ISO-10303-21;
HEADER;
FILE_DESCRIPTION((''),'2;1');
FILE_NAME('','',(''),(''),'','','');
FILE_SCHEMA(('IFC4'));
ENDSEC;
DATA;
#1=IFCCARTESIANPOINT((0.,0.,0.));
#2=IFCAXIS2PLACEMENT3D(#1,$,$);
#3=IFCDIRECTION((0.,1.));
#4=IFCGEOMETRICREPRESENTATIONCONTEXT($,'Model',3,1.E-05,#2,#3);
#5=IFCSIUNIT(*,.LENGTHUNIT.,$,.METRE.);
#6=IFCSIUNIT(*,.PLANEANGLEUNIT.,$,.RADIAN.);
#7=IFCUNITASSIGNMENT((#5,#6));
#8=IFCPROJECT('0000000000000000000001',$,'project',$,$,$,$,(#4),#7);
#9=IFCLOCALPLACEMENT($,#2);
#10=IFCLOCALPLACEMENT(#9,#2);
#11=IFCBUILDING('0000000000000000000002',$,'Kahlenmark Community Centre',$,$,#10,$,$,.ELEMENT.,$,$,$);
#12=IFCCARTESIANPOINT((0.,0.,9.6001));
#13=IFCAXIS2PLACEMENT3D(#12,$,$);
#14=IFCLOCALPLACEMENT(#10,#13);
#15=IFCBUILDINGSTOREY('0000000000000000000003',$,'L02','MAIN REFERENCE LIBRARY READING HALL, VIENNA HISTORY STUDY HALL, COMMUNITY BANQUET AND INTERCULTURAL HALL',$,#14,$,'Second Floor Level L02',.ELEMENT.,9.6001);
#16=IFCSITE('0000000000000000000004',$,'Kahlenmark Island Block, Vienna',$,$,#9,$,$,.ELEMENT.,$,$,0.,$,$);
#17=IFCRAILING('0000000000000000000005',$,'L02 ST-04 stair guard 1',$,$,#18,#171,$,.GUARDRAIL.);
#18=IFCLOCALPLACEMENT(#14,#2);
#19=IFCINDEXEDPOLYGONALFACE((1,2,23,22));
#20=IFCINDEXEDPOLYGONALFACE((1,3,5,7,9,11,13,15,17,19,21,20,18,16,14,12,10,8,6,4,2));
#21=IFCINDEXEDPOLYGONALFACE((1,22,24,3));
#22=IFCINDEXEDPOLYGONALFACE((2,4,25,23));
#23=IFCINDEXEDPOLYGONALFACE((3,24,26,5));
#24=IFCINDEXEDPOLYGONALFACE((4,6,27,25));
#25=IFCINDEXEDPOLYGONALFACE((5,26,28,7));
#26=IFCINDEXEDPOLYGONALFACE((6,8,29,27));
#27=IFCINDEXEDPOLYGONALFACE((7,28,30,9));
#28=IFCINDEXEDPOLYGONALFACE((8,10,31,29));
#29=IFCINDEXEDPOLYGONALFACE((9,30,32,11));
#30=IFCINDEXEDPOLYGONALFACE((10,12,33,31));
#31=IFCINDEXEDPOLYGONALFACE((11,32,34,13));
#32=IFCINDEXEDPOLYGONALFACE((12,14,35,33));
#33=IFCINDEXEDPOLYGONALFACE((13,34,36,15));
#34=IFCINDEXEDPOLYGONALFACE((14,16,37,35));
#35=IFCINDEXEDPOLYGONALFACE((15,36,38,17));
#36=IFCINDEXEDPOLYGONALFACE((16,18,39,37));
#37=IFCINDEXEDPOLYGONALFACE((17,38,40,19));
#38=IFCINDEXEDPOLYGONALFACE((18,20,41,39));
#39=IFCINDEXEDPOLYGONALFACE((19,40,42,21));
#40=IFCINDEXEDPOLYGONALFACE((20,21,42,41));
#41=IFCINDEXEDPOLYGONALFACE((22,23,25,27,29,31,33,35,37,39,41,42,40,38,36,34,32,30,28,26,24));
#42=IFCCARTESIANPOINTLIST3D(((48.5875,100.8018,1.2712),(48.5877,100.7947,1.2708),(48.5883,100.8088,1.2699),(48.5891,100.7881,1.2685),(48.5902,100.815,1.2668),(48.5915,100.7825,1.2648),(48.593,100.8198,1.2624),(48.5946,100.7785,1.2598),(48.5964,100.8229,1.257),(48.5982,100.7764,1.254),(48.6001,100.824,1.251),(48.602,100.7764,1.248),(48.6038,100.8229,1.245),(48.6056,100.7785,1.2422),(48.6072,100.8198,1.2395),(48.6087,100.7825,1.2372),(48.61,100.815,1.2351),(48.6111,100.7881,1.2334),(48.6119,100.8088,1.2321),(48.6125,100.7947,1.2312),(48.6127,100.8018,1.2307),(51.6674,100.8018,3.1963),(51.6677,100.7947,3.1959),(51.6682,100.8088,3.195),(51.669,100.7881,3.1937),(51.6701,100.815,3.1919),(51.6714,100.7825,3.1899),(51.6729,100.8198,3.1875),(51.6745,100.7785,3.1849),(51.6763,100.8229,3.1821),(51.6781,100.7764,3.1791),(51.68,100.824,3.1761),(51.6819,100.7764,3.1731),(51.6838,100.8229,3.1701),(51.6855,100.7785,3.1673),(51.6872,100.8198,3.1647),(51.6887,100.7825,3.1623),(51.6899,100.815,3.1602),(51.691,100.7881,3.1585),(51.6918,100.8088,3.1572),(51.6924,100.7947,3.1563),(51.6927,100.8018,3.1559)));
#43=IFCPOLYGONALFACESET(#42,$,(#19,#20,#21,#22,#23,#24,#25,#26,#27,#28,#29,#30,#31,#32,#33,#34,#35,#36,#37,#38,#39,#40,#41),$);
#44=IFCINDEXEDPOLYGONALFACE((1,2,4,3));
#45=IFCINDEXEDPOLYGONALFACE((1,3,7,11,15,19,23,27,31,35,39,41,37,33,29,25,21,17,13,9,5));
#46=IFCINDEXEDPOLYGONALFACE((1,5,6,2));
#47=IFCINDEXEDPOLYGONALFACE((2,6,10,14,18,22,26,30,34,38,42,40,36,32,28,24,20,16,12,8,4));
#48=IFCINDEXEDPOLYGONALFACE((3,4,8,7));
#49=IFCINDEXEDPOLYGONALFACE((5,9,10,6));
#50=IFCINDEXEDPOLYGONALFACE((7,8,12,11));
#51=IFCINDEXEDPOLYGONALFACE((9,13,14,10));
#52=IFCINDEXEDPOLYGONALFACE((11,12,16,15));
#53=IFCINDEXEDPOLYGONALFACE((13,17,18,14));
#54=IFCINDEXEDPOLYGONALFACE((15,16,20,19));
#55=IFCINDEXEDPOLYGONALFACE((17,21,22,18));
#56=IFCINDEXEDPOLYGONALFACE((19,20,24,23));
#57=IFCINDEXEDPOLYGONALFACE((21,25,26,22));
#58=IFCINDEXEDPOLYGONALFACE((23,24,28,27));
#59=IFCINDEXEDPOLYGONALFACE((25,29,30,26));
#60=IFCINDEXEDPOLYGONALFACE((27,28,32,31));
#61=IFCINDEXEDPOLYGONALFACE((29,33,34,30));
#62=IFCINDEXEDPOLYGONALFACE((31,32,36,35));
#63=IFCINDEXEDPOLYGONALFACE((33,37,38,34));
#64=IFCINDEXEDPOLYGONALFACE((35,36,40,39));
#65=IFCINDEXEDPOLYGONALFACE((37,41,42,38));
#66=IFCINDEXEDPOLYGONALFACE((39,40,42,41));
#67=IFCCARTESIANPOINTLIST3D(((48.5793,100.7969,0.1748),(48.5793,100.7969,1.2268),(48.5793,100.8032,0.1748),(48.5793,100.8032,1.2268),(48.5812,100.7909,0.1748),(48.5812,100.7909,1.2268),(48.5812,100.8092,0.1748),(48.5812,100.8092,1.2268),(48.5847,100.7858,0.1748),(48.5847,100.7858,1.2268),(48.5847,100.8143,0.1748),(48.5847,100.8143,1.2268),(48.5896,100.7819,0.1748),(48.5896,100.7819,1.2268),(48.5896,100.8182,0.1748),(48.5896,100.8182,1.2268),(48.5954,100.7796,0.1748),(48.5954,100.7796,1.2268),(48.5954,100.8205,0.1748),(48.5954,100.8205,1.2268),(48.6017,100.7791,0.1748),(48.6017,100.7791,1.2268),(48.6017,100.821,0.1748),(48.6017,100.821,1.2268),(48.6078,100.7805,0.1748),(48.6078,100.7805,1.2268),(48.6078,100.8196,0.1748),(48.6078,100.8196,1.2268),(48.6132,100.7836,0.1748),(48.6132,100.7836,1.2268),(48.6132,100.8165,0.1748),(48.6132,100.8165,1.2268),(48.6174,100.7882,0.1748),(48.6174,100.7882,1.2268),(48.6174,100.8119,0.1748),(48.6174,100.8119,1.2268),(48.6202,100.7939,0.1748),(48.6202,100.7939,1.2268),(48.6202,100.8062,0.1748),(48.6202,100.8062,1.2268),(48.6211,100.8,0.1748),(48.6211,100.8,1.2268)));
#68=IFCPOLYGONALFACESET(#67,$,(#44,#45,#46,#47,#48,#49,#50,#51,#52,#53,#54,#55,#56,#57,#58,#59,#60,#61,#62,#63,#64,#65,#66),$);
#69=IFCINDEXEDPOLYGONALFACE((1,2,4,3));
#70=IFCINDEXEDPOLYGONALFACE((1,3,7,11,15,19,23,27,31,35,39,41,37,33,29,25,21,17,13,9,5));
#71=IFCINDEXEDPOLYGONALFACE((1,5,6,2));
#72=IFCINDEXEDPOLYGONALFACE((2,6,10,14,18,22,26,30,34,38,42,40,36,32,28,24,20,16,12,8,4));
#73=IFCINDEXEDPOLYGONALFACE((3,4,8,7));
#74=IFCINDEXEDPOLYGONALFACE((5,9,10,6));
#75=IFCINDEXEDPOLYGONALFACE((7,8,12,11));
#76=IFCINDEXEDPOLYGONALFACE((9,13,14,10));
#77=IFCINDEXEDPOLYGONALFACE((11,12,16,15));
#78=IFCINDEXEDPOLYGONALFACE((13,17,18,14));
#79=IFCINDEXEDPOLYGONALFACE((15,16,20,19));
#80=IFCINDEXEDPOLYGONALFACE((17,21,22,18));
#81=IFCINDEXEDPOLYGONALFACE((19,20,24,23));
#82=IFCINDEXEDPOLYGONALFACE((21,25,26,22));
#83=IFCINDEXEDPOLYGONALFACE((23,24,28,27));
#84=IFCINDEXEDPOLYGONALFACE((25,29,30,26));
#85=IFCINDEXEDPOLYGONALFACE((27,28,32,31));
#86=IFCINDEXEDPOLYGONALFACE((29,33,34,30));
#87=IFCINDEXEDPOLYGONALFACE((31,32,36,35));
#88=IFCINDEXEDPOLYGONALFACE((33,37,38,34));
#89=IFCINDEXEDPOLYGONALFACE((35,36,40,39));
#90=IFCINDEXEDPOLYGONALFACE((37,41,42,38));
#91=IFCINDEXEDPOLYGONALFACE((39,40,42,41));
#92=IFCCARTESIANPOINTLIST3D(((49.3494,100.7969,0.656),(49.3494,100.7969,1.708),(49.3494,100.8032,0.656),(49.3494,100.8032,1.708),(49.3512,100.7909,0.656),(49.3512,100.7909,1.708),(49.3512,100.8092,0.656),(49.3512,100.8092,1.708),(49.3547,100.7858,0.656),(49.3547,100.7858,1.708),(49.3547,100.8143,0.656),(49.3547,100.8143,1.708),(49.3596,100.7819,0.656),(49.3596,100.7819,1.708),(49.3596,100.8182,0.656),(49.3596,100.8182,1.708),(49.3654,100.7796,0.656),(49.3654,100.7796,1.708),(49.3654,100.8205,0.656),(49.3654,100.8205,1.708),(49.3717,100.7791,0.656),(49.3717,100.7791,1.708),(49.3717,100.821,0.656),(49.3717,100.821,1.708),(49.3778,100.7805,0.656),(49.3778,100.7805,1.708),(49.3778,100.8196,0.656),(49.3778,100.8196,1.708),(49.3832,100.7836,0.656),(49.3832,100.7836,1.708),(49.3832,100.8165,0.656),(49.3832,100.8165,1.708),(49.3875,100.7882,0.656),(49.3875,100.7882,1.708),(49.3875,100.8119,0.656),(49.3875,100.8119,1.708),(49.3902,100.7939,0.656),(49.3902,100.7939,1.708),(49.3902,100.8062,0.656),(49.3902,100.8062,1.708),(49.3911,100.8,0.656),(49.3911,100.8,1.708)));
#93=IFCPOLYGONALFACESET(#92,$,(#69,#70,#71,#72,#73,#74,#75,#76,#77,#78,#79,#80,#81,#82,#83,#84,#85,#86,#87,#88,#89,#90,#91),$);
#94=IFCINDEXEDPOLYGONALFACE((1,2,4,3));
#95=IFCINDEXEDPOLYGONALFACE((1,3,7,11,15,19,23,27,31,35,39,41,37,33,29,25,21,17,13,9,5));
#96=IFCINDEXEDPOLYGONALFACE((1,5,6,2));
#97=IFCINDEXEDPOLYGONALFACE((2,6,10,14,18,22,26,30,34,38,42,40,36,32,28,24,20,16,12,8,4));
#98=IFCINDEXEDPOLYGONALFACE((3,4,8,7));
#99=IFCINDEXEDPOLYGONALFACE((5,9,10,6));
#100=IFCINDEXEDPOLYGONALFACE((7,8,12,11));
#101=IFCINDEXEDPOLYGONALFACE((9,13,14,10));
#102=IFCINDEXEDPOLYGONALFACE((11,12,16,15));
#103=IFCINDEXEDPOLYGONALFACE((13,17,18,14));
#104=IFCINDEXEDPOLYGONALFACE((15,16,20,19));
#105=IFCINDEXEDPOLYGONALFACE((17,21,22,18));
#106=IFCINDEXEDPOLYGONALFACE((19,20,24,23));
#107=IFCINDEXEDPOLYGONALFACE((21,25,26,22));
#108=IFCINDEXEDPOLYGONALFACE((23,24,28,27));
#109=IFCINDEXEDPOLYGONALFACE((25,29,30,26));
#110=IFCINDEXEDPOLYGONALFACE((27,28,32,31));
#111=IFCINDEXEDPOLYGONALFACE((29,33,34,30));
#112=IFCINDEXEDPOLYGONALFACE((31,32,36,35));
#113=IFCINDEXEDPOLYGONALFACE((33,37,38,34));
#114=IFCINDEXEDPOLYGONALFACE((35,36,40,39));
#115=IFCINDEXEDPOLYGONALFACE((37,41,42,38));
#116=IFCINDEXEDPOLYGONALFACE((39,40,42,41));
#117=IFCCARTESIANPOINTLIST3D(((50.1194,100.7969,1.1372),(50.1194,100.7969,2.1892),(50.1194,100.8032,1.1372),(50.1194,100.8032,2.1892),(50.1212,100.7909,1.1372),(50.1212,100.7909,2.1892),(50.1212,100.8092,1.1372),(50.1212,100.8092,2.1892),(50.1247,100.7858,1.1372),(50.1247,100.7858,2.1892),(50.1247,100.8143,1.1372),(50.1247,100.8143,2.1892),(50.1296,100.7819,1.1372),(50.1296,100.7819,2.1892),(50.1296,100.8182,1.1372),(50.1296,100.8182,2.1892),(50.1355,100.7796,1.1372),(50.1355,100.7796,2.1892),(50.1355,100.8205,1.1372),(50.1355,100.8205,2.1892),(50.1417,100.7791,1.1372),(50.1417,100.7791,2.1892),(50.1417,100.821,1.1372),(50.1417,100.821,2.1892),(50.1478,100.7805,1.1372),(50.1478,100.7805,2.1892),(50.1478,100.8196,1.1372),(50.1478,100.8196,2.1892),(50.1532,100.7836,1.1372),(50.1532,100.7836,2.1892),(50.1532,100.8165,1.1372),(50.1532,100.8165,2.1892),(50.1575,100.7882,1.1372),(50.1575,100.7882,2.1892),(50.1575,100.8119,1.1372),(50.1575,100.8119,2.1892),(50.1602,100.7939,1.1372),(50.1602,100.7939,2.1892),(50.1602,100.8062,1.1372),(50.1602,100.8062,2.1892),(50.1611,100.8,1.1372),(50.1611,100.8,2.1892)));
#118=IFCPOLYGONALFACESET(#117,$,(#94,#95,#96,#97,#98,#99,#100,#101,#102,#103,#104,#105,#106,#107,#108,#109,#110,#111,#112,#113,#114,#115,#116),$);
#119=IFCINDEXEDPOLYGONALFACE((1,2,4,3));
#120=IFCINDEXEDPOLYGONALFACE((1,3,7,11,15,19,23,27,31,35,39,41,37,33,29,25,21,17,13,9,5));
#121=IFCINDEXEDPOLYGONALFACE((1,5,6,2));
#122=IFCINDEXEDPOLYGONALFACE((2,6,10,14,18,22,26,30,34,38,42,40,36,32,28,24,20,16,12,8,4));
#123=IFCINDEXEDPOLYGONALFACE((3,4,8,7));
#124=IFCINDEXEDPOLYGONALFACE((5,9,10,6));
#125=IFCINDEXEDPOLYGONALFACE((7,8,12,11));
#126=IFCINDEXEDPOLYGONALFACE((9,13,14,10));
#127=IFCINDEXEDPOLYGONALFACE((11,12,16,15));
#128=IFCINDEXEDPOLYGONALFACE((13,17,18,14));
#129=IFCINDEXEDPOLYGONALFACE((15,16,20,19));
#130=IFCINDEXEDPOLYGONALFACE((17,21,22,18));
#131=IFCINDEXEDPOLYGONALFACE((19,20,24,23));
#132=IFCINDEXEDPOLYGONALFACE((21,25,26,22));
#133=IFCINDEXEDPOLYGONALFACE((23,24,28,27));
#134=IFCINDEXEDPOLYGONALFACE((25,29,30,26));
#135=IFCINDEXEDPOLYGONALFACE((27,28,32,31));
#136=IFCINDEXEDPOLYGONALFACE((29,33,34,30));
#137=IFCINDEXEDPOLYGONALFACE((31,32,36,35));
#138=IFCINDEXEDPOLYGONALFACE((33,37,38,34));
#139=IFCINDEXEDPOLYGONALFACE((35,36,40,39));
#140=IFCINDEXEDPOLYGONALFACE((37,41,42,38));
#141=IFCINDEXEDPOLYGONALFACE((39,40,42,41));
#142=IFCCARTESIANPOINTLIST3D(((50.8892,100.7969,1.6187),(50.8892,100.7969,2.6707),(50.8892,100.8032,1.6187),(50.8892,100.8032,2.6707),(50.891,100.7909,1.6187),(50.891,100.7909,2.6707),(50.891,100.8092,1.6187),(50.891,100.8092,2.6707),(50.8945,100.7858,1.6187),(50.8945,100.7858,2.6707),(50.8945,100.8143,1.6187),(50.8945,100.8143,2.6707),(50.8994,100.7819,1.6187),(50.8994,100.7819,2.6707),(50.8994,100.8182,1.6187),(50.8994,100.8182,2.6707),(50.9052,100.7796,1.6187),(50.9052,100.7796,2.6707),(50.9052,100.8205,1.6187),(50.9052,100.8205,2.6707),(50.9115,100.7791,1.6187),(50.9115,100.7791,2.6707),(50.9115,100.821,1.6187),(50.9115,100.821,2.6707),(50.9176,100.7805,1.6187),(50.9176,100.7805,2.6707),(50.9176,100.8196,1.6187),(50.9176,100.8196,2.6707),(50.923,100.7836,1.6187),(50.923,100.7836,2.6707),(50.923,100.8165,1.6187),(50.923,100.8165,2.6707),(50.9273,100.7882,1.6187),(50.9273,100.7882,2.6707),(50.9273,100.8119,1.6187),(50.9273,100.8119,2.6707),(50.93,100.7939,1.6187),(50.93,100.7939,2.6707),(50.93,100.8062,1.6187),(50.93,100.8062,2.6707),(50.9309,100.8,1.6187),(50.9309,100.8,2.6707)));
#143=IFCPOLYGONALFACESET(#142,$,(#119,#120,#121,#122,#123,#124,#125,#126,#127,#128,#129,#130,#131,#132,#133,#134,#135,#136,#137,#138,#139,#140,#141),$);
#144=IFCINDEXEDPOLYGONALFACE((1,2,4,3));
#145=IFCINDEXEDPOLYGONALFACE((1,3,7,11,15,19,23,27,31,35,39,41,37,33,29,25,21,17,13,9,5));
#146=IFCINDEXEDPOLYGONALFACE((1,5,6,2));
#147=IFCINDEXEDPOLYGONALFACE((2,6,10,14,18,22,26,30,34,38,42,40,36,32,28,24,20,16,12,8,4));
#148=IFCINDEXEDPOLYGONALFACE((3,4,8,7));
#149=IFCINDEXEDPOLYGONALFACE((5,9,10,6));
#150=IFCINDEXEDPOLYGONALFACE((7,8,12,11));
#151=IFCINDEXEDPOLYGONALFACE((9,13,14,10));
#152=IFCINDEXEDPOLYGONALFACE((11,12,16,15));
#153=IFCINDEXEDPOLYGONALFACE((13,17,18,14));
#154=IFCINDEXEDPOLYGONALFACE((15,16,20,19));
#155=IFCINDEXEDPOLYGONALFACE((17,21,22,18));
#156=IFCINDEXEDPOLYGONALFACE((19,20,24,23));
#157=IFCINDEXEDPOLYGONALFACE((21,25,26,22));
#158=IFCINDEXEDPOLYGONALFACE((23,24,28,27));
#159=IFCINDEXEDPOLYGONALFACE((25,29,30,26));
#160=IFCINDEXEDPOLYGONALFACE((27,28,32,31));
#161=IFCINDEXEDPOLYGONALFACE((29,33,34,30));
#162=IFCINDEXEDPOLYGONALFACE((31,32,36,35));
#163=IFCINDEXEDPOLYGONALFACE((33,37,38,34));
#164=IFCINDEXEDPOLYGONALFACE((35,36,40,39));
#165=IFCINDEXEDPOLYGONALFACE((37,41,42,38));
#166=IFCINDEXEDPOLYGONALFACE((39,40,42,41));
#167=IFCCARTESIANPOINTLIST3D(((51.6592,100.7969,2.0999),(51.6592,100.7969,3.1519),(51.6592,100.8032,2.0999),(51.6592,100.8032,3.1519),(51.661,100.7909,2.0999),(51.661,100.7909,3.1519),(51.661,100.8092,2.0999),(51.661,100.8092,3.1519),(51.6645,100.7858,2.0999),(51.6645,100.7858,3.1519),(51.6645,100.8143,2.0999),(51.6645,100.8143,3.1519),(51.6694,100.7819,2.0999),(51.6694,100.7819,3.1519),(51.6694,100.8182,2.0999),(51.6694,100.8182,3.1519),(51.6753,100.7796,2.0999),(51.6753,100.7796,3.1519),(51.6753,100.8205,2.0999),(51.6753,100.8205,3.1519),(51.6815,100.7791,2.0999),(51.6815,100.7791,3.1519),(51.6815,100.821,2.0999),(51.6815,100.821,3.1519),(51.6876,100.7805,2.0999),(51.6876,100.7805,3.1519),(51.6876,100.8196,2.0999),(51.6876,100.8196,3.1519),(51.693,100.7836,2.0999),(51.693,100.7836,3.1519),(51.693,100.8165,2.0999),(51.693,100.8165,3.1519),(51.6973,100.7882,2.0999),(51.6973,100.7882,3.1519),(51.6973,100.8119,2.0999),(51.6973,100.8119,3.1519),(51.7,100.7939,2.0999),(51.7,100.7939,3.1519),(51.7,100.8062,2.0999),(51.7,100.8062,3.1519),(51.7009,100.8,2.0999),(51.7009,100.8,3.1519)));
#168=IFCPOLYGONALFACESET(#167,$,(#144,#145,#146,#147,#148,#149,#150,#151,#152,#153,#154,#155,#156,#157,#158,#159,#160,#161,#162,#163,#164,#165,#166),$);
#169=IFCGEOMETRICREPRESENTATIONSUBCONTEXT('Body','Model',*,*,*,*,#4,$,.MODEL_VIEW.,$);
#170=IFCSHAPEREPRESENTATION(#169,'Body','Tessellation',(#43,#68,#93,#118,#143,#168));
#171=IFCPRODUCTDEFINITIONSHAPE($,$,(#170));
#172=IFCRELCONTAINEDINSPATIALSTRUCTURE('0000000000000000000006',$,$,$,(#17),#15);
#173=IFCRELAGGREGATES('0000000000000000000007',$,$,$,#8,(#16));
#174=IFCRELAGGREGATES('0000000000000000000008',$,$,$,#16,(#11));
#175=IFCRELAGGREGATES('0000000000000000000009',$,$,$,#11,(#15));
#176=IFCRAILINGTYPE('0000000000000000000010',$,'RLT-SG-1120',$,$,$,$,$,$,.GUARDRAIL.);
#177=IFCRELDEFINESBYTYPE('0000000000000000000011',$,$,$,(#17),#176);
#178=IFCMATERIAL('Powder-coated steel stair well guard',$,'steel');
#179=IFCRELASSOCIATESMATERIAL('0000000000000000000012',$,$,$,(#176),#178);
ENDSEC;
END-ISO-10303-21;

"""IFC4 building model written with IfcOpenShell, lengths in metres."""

from ifc_helpers import new_model, si_unit, direction, frame, origin, origin_2d, place, context, subcontext, project, spatial, circle, extrude, material, type_object, element, save


model = new_model("IFC4")

# Units and contexts
model_context = context("Model", 3, precision=1e-05, world=origin(), true_north=direction((0.0, 1.0)))
body_context = subcontext(model_context, "Body", "Model", "MODEL_VIEW")
ifc_project = project(units=[si_unit("LENGTHUNIT", "METRE"), si_unit("PLANEANGLEUNIT", "RADIAN")], contexts=[model_context])

# Site, building, storey
site_placement = place(None, origin())
site = spatial("IfcSite", under=ifc_project, at=site_placement, Name="Kahlenmark Island Block, Vienna", CompositionType="ELEMENT", RefElevation=0.0)
building_placement = place(site_placement, origin())
building = spatial("IfcBuilding", under=site, at=building_placement, Name="Kahlenmark Community Centre", CompositionType="ELEMENT")
storey_placement = place(building_placement, frame((0.0, 0.0, 9.6001)))
storey = spatial("IfcBuildingStorey", under=building, at=storey_placement, Name="L02", Description="MAIN REFERENCE LIBRARY READING HALL, VIENNA HISTORY STUDY HALL, COMMUNITY BANQUET AND INTERCULTURAL HALL", LongName="Second Floor Level L02", CompositionType="ELEMENT", Elevation=9.6001)

# Railing
ifc_material_1 = material(Name="Powder-coated steel stair well guard", Category="steel")
railing_type_1 = type_object("IfcRailingType", Name="RLT-SG-1120", PredefinedType="GUARDRAIL", material=ifc_material_1)
railing_1_placement = place(storey_placement, frame((48.6001, 100.8, 0.1748)))
element("IfcRailing", 1, at=railing_1_placement, inside=storey, type_object=railing_type_1, Name="L02 ST-04 stair guard 1", PredefinedType="GUARDRAIL", context=body_context, shape_type="SweptSolid", body=[
    extrude(circle(Radius=0.0239, at=origin_2d()), frame((0.0, 0.0, 1.0762), z_axis=(0.847979, 0.0, 0.530029), x_axis=(0.0, 1.0, 0.0)), (0.0, 0.0, 1.0), 3.6321),
    extrude(circle(Radius=0.021, at=origin_2d()), origin(), (0.0, 0.0, 1.0), 1.052),
    extrude(circle(Radius=0.021, at=origin_2d()), frame((0.77, 0.0, 0.4812)), (0.0, 0.0, 1.0), 1.052),
    extrude(circle(Radius=0.021, at=origin_2d()), frame((1.54, 0.0, 0.9624)), (0.0, 0.0, 1.0), 1.052),
    extrude(circle(Radius=0.021, at=origin_2d()), frame((2.3098, 0.0, 1.4438)), (0.0, 0.0, 1.0), 1.052),
    extrude(circle(Radius=0.021, at=origin_2d()), frame((3.0798, 0.0, 1.925)), (0.0, 0.0, 1.0), 1.052),
])

save(model, "model.ifc")
